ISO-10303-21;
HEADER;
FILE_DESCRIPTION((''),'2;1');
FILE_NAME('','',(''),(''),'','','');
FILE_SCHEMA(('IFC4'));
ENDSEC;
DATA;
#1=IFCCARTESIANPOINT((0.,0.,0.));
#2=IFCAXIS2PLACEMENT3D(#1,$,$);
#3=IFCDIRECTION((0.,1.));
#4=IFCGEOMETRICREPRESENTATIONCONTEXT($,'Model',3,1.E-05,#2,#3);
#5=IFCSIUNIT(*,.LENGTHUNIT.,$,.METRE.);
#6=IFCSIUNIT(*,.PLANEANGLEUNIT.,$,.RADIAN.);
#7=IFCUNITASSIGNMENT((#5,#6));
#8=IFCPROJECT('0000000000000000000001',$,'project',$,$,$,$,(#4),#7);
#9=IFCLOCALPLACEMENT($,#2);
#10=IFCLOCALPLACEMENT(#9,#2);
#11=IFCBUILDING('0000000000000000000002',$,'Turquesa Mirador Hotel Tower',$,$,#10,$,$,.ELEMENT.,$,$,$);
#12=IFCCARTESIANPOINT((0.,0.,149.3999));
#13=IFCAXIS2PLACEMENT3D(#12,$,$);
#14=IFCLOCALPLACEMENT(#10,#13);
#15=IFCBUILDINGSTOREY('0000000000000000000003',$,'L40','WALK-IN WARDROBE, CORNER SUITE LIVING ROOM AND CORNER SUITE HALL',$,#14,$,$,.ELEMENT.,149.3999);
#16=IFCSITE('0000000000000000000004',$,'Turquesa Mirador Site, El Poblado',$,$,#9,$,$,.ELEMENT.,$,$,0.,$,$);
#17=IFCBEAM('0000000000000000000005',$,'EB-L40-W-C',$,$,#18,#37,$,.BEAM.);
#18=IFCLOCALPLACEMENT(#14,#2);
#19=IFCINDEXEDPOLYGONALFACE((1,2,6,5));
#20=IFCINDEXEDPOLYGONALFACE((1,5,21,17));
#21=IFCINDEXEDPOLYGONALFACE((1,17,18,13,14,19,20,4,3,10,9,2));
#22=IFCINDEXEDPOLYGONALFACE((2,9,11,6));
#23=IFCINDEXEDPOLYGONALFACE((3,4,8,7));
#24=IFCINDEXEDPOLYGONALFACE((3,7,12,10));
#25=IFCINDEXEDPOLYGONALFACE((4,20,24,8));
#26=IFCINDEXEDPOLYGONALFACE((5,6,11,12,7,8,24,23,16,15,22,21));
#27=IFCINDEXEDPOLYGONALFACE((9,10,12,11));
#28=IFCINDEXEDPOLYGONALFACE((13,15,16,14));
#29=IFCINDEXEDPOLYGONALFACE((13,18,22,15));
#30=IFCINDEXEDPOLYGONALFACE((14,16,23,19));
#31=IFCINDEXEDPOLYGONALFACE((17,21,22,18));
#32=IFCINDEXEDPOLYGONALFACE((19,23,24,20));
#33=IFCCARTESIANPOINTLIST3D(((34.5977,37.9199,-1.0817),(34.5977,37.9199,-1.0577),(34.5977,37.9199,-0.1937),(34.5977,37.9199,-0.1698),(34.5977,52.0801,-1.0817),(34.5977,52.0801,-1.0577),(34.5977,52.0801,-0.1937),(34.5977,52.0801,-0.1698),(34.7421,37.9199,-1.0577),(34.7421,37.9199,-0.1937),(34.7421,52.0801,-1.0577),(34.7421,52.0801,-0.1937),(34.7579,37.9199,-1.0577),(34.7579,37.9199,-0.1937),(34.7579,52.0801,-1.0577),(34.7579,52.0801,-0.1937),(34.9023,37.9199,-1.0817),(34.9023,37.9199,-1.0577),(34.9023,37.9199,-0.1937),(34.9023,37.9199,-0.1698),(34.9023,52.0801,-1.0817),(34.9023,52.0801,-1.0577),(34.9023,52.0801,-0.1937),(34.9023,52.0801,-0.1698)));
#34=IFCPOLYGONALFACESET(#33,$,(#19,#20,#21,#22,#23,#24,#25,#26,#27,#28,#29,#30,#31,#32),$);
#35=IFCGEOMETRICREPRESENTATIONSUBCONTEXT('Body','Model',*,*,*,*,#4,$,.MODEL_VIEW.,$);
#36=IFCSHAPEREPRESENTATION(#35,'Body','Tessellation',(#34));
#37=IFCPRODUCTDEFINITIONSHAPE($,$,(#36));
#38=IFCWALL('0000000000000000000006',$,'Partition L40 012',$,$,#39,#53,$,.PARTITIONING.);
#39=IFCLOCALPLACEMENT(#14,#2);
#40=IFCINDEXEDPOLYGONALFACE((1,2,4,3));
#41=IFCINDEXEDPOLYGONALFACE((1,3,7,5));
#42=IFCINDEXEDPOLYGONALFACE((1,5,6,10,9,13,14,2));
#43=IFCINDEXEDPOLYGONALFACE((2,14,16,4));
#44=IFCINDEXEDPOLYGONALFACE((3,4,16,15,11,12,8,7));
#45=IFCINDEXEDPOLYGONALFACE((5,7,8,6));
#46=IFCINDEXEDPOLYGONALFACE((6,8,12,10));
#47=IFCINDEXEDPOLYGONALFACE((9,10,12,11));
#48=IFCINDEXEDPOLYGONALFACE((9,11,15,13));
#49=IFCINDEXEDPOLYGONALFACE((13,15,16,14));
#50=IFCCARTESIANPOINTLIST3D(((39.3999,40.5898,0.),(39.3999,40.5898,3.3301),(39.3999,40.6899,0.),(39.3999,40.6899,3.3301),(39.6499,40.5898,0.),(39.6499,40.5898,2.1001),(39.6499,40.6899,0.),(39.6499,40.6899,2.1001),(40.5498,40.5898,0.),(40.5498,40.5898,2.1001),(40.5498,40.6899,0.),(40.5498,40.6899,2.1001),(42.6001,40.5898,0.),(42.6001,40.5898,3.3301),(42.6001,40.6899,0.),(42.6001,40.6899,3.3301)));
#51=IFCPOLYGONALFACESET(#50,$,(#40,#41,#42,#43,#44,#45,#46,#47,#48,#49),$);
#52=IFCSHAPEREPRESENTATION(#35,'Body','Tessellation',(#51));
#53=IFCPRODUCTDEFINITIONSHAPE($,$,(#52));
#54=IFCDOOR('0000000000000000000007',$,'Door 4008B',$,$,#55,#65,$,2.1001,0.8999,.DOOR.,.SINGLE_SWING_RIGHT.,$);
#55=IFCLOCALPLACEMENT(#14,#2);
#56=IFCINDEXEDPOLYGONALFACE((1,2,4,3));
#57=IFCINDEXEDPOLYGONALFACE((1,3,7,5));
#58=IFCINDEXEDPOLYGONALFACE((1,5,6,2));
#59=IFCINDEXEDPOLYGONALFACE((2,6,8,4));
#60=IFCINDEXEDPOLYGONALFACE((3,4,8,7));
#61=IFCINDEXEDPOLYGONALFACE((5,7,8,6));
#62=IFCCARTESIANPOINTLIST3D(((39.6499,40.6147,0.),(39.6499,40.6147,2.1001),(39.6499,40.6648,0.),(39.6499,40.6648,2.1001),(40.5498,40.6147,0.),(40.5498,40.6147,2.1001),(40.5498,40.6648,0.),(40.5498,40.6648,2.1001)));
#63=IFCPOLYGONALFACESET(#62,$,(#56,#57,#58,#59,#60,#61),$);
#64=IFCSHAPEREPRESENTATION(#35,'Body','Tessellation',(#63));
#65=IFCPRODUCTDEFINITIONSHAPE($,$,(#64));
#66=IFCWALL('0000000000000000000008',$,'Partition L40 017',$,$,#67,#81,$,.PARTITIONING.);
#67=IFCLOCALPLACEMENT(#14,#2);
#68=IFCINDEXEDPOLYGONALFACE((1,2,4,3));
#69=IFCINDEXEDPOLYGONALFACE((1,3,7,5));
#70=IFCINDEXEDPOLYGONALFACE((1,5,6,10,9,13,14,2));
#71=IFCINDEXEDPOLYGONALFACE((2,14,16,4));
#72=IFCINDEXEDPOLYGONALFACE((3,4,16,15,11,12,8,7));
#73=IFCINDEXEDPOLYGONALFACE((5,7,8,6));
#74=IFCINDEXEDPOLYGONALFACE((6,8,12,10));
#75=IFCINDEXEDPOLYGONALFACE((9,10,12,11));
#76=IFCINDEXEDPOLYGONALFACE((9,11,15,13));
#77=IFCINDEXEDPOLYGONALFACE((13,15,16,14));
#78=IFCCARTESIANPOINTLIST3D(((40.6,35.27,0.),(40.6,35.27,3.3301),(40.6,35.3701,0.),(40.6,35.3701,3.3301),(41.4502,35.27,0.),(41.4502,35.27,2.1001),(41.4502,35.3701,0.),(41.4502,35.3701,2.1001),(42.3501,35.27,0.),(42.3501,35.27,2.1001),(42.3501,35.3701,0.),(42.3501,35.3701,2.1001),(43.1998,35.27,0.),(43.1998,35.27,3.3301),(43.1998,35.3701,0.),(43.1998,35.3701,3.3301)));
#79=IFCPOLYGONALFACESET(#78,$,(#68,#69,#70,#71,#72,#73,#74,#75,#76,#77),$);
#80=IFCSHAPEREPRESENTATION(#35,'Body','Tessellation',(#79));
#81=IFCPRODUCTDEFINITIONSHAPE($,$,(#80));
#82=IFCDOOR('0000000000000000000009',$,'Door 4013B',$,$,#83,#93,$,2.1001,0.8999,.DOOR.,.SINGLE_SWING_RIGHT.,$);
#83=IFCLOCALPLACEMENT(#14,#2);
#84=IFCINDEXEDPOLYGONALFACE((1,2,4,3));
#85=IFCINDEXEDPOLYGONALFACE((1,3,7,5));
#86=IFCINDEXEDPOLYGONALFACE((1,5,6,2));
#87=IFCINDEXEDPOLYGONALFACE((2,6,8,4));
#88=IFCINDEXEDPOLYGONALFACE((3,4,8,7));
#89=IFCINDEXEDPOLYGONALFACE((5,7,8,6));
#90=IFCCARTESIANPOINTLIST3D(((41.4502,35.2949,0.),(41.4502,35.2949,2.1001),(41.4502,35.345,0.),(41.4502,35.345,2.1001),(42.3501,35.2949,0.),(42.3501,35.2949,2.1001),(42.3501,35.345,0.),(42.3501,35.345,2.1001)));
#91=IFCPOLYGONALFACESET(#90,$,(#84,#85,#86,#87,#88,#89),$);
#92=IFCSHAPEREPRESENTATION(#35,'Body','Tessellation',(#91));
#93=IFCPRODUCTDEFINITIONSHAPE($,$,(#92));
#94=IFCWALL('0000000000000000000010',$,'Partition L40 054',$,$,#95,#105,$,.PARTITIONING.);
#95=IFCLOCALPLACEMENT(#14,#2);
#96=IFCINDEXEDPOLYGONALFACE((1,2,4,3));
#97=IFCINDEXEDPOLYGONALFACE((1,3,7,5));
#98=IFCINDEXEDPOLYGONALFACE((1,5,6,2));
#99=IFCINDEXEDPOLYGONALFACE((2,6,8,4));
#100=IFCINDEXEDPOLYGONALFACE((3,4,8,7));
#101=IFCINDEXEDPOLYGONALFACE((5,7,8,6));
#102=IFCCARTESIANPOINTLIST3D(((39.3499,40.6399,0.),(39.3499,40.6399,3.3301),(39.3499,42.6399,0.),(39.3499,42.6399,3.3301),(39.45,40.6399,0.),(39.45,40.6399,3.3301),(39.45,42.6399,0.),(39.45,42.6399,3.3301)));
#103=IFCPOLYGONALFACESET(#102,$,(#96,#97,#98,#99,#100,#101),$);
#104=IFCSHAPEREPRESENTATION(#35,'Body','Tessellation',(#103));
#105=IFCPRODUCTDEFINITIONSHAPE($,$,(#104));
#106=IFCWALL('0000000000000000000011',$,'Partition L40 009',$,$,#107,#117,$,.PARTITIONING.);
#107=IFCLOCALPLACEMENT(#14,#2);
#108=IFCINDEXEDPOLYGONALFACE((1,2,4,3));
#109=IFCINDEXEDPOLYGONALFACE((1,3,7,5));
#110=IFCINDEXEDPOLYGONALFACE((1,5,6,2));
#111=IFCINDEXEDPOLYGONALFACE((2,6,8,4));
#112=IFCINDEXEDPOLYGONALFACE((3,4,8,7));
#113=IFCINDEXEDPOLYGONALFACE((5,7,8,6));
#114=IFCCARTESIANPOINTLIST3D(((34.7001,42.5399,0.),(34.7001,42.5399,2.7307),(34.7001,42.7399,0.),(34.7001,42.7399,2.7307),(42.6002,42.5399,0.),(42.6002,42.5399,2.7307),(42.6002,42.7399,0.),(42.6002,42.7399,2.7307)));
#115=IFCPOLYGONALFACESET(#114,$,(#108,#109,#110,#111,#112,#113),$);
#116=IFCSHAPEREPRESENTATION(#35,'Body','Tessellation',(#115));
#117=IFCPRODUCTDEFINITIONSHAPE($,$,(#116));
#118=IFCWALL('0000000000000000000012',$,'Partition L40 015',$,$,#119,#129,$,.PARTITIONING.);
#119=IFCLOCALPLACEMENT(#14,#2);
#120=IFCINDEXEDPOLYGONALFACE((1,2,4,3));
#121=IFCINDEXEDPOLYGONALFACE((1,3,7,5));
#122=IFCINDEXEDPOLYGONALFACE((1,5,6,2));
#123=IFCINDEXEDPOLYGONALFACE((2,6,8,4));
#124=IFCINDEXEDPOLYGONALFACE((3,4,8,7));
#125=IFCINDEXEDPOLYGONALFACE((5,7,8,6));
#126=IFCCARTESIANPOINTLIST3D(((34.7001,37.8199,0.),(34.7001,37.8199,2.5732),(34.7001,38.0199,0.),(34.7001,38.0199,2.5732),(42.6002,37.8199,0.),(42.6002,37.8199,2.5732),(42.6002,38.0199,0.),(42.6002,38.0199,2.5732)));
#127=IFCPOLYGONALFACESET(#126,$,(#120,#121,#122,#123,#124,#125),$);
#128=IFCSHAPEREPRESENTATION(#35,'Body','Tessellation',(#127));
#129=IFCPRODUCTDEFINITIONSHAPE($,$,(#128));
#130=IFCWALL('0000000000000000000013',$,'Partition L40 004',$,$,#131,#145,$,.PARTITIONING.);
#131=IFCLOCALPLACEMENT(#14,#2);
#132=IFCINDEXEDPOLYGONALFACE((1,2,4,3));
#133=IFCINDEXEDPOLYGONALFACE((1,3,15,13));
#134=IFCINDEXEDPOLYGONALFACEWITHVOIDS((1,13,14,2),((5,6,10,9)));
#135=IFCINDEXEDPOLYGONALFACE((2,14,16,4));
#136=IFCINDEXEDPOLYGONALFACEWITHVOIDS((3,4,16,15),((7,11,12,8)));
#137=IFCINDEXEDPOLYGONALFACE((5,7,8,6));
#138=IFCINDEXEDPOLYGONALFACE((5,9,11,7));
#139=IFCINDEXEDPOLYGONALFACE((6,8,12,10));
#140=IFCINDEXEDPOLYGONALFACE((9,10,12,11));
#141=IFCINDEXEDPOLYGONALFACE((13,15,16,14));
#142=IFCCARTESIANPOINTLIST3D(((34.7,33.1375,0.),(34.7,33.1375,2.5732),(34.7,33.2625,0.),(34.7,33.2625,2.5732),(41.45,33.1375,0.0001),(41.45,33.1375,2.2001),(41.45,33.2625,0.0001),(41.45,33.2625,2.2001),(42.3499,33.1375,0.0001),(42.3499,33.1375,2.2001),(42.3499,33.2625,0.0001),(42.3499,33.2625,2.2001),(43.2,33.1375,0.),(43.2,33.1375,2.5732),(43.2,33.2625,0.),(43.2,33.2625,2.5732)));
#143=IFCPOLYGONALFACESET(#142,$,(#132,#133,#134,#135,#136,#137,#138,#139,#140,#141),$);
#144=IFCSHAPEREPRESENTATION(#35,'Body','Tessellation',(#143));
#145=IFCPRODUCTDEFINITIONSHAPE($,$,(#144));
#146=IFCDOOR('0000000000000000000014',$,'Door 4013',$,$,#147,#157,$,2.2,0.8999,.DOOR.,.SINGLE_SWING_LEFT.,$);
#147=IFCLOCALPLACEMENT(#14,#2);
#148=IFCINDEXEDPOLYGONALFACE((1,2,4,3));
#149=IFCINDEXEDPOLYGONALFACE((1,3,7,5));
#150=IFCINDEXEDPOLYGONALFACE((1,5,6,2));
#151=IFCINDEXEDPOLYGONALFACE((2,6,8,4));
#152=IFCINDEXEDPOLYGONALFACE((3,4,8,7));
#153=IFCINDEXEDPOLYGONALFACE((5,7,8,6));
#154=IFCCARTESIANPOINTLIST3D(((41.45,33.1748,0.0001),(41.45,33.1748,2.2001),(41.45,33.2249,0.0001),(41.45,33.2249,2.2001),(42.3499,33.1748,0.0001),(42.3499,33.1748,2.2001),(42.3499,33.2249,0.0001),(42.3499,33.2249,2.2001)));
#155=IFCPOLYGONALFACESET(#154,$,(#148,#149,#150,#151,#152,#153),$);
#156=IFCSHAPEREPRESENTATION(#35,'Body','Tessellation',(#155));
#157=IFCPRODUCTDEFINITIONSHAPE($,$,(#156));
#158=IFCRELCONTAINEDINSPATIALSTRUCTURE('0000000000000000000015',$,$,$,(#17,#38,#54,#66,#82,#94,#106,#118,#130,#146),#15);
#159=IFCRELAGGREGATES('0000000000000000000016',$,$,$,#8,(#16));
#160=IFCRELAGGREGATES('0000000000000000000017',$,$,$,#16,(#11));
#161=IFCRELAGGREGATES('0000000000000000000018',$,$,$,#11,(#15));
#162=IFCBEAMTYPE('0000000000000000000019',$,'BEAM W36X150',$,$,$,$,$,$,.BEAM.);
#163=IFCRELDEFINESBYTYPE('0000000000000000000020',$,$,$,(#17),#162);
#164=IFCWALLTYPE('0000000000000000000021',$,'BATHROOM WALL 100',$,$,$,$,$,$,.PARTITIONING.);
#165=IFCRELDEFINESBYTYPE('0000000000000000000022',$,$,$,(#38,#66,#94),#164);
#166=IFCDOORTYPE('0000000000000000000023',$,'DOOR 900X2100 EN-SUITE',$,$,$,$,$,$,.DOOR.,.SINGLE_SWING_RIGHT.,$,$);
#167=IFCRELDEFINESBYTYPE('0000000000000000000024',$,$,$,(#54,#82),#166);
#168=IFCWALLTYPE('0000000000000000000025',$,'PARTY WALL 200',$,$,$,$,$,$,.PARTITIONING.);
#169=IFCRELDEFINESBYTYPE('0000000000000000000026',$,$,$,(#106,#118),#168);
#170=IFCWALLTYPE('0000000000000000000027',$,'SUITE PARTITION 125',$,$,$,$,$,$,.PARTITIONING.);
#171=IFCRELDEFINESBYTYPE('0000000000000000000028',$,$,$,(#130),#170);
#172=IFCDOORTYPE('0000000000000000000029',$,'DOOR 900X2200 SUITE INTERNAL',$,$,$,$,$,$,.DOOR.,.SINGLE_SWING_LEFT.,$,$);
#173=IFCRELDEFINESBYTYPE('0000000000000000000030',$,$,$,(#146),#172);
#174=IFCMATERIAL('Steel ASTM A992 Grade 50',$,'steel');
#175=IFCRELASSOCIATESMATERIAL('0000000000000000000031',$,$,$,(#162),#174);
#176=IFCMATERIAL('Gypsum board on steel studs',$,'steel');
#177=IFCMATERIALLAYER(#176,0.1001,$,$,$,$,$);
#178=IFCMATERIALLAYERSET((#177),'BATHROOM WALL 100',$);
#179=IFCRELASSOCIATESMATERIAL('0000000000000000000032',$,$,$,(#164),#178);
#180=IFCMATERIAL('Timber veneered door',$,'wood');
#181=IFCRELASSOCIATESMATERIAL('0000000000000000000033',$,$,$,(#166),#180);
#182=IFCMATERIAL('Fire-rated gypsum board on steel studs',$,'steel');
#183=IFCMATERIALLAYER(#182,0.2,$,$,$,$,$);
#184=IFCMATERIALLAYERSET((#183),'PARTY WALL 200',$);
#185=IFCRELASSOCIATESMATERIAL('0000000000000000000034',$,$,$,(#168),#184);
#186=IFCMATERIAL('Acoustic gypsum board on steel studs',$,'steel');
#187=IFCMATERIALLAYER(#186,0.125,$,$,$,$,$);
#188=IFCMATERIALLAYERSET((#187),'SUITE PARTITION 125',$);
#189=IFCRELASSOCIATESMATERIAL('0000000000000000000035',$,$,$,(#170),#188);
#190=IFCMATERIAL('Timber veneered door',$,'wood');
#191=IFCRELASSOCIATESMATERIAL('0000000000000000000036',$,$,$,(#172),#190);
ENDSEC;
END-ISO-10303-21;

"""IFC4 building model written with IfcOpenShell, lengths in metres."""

from ifc_helpers import new_model, si_unit, direction, frame, frame_2d, origin, origin_2d, place, context, subcontext, project, spatial, rectangle, i_section, extrude, material, layer, layer_set, material_profile, profile_set, type_object, element, fill, save


model = new_model("IFC4")

# Units and contexts
model_context = context("Model", 3, precision=1e-05, world=origin(), true_north=direction((0.0, 1.0)))
body_context = subcontext(model_context, "Body", "Model", "MODEL_VIEW")
ifc_project = project(units=[si_unit("LENGTHUNIT", "METRE"), si_unit("PLANEANGLEUNIT", "RADIAN")], contexts=[model_context])

# Site, building, storey
site_placement = place(None, origin())
site = spatial("IfcSite", under=ifc_project, at=site_placement, Name="Turquesa Mirador Site, El Poblado", CompositionType="ELEMENT", RefElevation=0.0)
building_placement = place(site_placement, origin())
building = spatial("IfcBuilding", under=site, at=building_placement, Name="Turquesa Mirador Hotel Tower", CompositionType="ELEMENT")
storey_placement = place(building_placement, frame((0.0, 0.0, 149.3999)))
storey = spatial("IfcBuildingStorey", under=building, at=storey_placement, Name="L40", Description="WALK-IN WARDROBE, CORNER SUITE LIVING ROOM AND CORNER SUITE HALL", CompositionType="ELEMENT", Elevation=149.3999)

# Beam
ifc_material_1 = material(Name="Steel ASTM A992 Grade 50", Category="steel")
ifc_material_profile_1 = material_profile(ifc_material_1, i_section(OverallWidth=0.3047, OverallDepth=0.9119, WebThickness=0.0159, FlangeThickness=0.0239, at=origin_2d()), Name="W36X150")
ifc_profile_set_1 = profile_set([ifc_material_profile_1], Name="Steel ASTM A992 Grade 50")
beam_type_1 = type_object("IfcBeamType", Name="BEAM W36X150", PredefinedType="BEAM", material=ifc_profile_set_1)
beam_1_placement = place(storey_placement, frame((34.75, 37.9199, -0.6257), z_axis=(0.0, 1.0, 0.0), x_axis=(-1.0, 0.0, 0.0)))
element("IfcBeam", 1, at=beam_1_placement, inside=storey, type_object=beam_type_1, Name="EB-L40-W-C", PredefinedType="BEAM", context=body_context, shape_type="SweptSolid", body=[
    extrude(i_section(OverallWidth=0.3047, OverallDepth=0.9119, WebThickness=0.0159, FlangeThickness=0.0239, at=origin_2d()), origin(), (0.0, 0.0, 1.0), 14.1602),
])

# Walls, openings, doors
ifc_material_2 = material(Name="Gypsum board on steel studs", Category="steel")
ifc_layer_1 = layer(ifc_material_2, 0.1001)
ifc_layer_set_1 = layer_set([ifc_layer_1], Name="BATHROOM WALL 100")
wall_type_1 = type_object("IfcWallType", Name="BATHROOM WALL 100", PredefinedType="PARTITIONING", material=ifc_layer_set_1)
wall_1_placement = place(storey_placement, frame((39.3999, 40.6399, 0.0), z_axis=(0.0, 0.0, 1.0), x_axis=(1.0, 0.0, 0.0)))
wall_1 = element("IfcWall", 2, at=wall_1_placement, inside=storey, type_object=wall_type_1, Name="Partition L40 012", PredefinedType="PARTITIONING", context=body_context, shape_type="SweptSolid", body=[
    extrude(rectangle(XDim=3.2002, YDim=0.1001, at=frame_2d((1.6001, 0.0))), origin(), (0.0, 0.0, 1.0), 3.3301),
])
opening_1_placement = place(wall_1_placement, frame((0.25, 0.0, 0.0)))
opening_1 = element("IfcOpeningElement", 3, at=opening_1_placement, cuts=wall_1, PredefinedType="OPENING", context=body_context, shape_type="SweptSolid", body=[
    extrude(rectangle(XDim=0.8999, YDim=2.1001, at=frame_2d((0.45, 1.05))), frame((0.0, 0.0601, 0.0), z_axis=(0.0, -1.0, 0.0), x_axis=(1.0, 0.0, 0.0)), (0.0, 0.0, 1.0), 0.1201),
])
ifc_material_3 = material(Name="Timber veneered door", Category="wood")
door_type_1 = type_object("IfcDoorType", Name="DOOR 900X2100 EN-SUITE", OperationType="SINGLE_SWING_RIGHT", PredefinedType="DOOR", material=ifc_material_3)
door_1_placement = place(opening_1_placement, origin())
door_1 = element("IfcDoor", 4, at=door_1_placement, inside=storey, type_object=door_type_1, Name="Door 4008B", OperationType="SINGLE_SWING_RIGHT", OverallHeight=2.1001, OverallWidth=0.8999, PredefinedType="DOOR", context=body_context, shape_type="SweptSolid", body=[
    extrude(rectangle(XDim=0.8999, YDim=2.1001, at=frame_2d((0.45, 1.05))), frame((0.0, 0.0249, 0.0), z_axis=(0.0, -1.0, 0.0), x_axis=(1.0, 0.0, 0.0)), (0.0, 0.0, 1.0), 0.05),
])
fill(opening_1, door_1)
wall_2_placement = place(storey_placement, frame((40.6001, 35.3201, 0.0), z_axis=(0.0, 0.0, 1.0), x_axis=(1.0, 0.0, 0.0)))
wall_2 = element("IfcWall", 5, at=wall_2_placement, inside=storey, type_object=wall_type_1, Name="Partition L40 017", PredefinedType="PARTITIONING", context=body_context, shape_type="SweptSolid", body=[
    extrude(rectangle(XDim=2.5999, YDim=0.1001, at=frame_2d((1.2998, 0.0))), origin(), (0.0, 0.0, 1.0), 3.3301),
])
opening_2_placement = place(wall_2_placement, frame((0.8501, 0.0, 0.0)))
opening_2 = element("IfcOpeningElement", 6, at=opening_2_placement, cuts=wall_2, PredefinedType="OPENING", context=body_context, shape_type="SweptSolid", body=[
    extrude(rectangle(XDim=0.8999, YDim=2.1001, at=frame_2d((0.45, 1.05))), frame((0.0, 0.0601, 0.0), z_axis=(0.0, -1.0, 0.0), x_axis=(1.0, 0.0, 0.0)), (0.0, 0.0, 1.0), 0.1201),
])
door_2_placement = place(opening_2_placement, origin())
door_2 = element("IfcDoor", 7, at=door_2_placement, inside=storey, type_object=door_type_1, Name="Door 4013B", OperationType="SINGLE_SWING_RIGHT", OverallHeight=2.1001, OverallWidth=0.8999, PredefinedType="DOOR", context=body_context, shape_type="SweptSolid", body=[
    extrude(rectangle(XDim=0.8999, YDim=2.1001, at=frame_2d((0.45, 1.05))), frame((0.0, 0.0249, 0.0), z_axis=(0.0, -1.0, 0.0), x_axis=(1.0, 0.0, 0.0)), (0.0, 0.0, 1.0), 0.05),
])
fill(opening_2, door_2)

# Walls
wall_3_placement = place(storey_placement, frame((39.3999, 40.6399, 0.0), z_axis=(0.0, 0.0, 1.0), x_axis=(0.0, 1.0, 0.0)))
element("IfcWall", 8, at=wall_3_placement, inside=storey, type_object=wall_type_1, Name="Partition L40 054", PredefinedType="PARTITIONING", context=body_context, shape_type="SweptSolid", body=[
    extrude(rectangle(XDim=2.0, YDim=0.1001, at=frame_2d((1.0, 0.0))), origin(), (0.0, 0.0, 1.0), 3.3301),
])
ifc_material_4 = material(Name="Fire-rated gypsum board on steel studs", Category="steel")
ifc_layer_2 = layer(ifc_material_4, 0.2)
ifc_layer_set_2 = layer_set([ifc_layer_2], Name="PARTY WALL 200")
wall_type_2 = type_object("IfcWallType", Name="PARTY WALL 200", PredefinedType="PARTITIONING", material=ifc_layer_set_2)
wall_4_placement = place(storey_placement, frame((34.7, 42.6399, 0.0), z_axis=(0.0, 0.0, 1.0), x_axis=(1.0, 0.0, 0.0)))
element("IfcWall", 9, at=wall_4_placement, inside=storey, type_object=wall_type_2, Name="Partition L40 009", PredefinedType="PARTITIONING", context=body_context, shape_type="SweptSolid", body=[
    extrude(rectangle(XDim=7.9001, YDim=0.2, at=frame_2d((3.9502, 0.0))), origin(), (0.0, 0.0, 1.0), 2.7307),
])
wall_5_placement = place(storey_placement, frame((34.7, 37.9199, 0.0), z_axis=(0.0, 0.0, 1.0), x_axis=(1.0, 0.0, 0.0)))
element("IfcWall", 10, at=wall_5_placement, inside=storey, type_object=wall_type_2, Name="Partition L40 015", PredefinedType="PARTITIONING", context=body_context, shape_type="SweptSolid", body=[
    extrude(rectangle(XDim=7.9001, YDim=0.2, at=frame_2d((3.9502, 0.0))), origin(), (0.0, 0.0, 1.0), 2.5732),
])

# Wall, opening, door
ifc_material_5 = material(Name="Acoustic gypsum board on steel studs", Category="steel")
ifc_layer_3 = layer(ifc_material_5, 0.125)
ifc_layer_set_3 = layer_set([ifc_layer_3], Name="SUITE PARTITION 125")
wall_type_3 = type_object("IfcWallType", Name="SUITE PARTITION 125", PredefinedType="PARTITIONING", material=ifc_layer_set_3)
wall_6_placement = place(storey_placement, frame((34.7, 33.2, 0.0), z_axis=(0.0, 0.0, 1.0), x_axis=(1.0, 0.0, 0.0)))
wall_6 = element("IfcWall", 11, at=wall_6_placement, inside=storey, type_object=wall_type_3, Name="Partition L40 004", PredefinedType="PARTITIONING", context=body_context, shape_type="SweptSolid", body=[
    extrude(rectangle(XDim=8.5, YDim=0.125, at=frame_2d((4.25, 0.0))), origin(), (0.0, 0.0, 1.0), 2.5732),
])
opening_3_placement = place(wall_6_placement, frame((6.75, 0.0, 0.0)))
opening_3 = element("IfcOpeningElement", 12, at=opening_3_placement, cuts=wall_6, PredefinedType="OPENING", context=body_context, shape_type="SweptSolid", body=[
    extrude(rectangle(XDim=0.8999, YDim=2.2, at=frame_2d((0.45, 1.1001))), frame((0.0, 0.0725, 0.0), z_axis=(0.0, -1.0, 0.0), x_axis=(1.0, 0.0, 0.0)), (0.0, 0.0, 1.0), 0.145),
])
ifc_material_6 = material(Name="Timber veneered door", Category="wood")
door_type_2 = type_object("IfcDoorType", Name="DOOR 900X2200 SUITE INTERNAL", OperationType="SINGLE_SWING_LEFT", PredefinedType="DOOR", material=ifc_material_6)
door_3_placement = place(opening_3_placement, origin())
door_3 = element("IfcDoor", 13, at=door_3_placement, inside=storey, type_object=door_type_2, Name="Door 4013", OperationType="SINGLE_SWING_LEFT", OverallHeight=2.2, OverallWidth=0.8999, PredefinedType="DOOR", context=body_context, shape_type="SweptSolid", body=[
    extrude(rectangle(XDim=0.8999, YDim=2.2, at=frame_2d((0.45, 1.1001))), frame((0.0, 0.0249, 0.0), z_axis=(0.0, -1.0, 0.0), x_axis=(1.0, 0.0, 0.0)), (0.0, 0.0, 1.0), 0.05),
])
fill(opening_3, door_3)

save(model, "model.ifc")
